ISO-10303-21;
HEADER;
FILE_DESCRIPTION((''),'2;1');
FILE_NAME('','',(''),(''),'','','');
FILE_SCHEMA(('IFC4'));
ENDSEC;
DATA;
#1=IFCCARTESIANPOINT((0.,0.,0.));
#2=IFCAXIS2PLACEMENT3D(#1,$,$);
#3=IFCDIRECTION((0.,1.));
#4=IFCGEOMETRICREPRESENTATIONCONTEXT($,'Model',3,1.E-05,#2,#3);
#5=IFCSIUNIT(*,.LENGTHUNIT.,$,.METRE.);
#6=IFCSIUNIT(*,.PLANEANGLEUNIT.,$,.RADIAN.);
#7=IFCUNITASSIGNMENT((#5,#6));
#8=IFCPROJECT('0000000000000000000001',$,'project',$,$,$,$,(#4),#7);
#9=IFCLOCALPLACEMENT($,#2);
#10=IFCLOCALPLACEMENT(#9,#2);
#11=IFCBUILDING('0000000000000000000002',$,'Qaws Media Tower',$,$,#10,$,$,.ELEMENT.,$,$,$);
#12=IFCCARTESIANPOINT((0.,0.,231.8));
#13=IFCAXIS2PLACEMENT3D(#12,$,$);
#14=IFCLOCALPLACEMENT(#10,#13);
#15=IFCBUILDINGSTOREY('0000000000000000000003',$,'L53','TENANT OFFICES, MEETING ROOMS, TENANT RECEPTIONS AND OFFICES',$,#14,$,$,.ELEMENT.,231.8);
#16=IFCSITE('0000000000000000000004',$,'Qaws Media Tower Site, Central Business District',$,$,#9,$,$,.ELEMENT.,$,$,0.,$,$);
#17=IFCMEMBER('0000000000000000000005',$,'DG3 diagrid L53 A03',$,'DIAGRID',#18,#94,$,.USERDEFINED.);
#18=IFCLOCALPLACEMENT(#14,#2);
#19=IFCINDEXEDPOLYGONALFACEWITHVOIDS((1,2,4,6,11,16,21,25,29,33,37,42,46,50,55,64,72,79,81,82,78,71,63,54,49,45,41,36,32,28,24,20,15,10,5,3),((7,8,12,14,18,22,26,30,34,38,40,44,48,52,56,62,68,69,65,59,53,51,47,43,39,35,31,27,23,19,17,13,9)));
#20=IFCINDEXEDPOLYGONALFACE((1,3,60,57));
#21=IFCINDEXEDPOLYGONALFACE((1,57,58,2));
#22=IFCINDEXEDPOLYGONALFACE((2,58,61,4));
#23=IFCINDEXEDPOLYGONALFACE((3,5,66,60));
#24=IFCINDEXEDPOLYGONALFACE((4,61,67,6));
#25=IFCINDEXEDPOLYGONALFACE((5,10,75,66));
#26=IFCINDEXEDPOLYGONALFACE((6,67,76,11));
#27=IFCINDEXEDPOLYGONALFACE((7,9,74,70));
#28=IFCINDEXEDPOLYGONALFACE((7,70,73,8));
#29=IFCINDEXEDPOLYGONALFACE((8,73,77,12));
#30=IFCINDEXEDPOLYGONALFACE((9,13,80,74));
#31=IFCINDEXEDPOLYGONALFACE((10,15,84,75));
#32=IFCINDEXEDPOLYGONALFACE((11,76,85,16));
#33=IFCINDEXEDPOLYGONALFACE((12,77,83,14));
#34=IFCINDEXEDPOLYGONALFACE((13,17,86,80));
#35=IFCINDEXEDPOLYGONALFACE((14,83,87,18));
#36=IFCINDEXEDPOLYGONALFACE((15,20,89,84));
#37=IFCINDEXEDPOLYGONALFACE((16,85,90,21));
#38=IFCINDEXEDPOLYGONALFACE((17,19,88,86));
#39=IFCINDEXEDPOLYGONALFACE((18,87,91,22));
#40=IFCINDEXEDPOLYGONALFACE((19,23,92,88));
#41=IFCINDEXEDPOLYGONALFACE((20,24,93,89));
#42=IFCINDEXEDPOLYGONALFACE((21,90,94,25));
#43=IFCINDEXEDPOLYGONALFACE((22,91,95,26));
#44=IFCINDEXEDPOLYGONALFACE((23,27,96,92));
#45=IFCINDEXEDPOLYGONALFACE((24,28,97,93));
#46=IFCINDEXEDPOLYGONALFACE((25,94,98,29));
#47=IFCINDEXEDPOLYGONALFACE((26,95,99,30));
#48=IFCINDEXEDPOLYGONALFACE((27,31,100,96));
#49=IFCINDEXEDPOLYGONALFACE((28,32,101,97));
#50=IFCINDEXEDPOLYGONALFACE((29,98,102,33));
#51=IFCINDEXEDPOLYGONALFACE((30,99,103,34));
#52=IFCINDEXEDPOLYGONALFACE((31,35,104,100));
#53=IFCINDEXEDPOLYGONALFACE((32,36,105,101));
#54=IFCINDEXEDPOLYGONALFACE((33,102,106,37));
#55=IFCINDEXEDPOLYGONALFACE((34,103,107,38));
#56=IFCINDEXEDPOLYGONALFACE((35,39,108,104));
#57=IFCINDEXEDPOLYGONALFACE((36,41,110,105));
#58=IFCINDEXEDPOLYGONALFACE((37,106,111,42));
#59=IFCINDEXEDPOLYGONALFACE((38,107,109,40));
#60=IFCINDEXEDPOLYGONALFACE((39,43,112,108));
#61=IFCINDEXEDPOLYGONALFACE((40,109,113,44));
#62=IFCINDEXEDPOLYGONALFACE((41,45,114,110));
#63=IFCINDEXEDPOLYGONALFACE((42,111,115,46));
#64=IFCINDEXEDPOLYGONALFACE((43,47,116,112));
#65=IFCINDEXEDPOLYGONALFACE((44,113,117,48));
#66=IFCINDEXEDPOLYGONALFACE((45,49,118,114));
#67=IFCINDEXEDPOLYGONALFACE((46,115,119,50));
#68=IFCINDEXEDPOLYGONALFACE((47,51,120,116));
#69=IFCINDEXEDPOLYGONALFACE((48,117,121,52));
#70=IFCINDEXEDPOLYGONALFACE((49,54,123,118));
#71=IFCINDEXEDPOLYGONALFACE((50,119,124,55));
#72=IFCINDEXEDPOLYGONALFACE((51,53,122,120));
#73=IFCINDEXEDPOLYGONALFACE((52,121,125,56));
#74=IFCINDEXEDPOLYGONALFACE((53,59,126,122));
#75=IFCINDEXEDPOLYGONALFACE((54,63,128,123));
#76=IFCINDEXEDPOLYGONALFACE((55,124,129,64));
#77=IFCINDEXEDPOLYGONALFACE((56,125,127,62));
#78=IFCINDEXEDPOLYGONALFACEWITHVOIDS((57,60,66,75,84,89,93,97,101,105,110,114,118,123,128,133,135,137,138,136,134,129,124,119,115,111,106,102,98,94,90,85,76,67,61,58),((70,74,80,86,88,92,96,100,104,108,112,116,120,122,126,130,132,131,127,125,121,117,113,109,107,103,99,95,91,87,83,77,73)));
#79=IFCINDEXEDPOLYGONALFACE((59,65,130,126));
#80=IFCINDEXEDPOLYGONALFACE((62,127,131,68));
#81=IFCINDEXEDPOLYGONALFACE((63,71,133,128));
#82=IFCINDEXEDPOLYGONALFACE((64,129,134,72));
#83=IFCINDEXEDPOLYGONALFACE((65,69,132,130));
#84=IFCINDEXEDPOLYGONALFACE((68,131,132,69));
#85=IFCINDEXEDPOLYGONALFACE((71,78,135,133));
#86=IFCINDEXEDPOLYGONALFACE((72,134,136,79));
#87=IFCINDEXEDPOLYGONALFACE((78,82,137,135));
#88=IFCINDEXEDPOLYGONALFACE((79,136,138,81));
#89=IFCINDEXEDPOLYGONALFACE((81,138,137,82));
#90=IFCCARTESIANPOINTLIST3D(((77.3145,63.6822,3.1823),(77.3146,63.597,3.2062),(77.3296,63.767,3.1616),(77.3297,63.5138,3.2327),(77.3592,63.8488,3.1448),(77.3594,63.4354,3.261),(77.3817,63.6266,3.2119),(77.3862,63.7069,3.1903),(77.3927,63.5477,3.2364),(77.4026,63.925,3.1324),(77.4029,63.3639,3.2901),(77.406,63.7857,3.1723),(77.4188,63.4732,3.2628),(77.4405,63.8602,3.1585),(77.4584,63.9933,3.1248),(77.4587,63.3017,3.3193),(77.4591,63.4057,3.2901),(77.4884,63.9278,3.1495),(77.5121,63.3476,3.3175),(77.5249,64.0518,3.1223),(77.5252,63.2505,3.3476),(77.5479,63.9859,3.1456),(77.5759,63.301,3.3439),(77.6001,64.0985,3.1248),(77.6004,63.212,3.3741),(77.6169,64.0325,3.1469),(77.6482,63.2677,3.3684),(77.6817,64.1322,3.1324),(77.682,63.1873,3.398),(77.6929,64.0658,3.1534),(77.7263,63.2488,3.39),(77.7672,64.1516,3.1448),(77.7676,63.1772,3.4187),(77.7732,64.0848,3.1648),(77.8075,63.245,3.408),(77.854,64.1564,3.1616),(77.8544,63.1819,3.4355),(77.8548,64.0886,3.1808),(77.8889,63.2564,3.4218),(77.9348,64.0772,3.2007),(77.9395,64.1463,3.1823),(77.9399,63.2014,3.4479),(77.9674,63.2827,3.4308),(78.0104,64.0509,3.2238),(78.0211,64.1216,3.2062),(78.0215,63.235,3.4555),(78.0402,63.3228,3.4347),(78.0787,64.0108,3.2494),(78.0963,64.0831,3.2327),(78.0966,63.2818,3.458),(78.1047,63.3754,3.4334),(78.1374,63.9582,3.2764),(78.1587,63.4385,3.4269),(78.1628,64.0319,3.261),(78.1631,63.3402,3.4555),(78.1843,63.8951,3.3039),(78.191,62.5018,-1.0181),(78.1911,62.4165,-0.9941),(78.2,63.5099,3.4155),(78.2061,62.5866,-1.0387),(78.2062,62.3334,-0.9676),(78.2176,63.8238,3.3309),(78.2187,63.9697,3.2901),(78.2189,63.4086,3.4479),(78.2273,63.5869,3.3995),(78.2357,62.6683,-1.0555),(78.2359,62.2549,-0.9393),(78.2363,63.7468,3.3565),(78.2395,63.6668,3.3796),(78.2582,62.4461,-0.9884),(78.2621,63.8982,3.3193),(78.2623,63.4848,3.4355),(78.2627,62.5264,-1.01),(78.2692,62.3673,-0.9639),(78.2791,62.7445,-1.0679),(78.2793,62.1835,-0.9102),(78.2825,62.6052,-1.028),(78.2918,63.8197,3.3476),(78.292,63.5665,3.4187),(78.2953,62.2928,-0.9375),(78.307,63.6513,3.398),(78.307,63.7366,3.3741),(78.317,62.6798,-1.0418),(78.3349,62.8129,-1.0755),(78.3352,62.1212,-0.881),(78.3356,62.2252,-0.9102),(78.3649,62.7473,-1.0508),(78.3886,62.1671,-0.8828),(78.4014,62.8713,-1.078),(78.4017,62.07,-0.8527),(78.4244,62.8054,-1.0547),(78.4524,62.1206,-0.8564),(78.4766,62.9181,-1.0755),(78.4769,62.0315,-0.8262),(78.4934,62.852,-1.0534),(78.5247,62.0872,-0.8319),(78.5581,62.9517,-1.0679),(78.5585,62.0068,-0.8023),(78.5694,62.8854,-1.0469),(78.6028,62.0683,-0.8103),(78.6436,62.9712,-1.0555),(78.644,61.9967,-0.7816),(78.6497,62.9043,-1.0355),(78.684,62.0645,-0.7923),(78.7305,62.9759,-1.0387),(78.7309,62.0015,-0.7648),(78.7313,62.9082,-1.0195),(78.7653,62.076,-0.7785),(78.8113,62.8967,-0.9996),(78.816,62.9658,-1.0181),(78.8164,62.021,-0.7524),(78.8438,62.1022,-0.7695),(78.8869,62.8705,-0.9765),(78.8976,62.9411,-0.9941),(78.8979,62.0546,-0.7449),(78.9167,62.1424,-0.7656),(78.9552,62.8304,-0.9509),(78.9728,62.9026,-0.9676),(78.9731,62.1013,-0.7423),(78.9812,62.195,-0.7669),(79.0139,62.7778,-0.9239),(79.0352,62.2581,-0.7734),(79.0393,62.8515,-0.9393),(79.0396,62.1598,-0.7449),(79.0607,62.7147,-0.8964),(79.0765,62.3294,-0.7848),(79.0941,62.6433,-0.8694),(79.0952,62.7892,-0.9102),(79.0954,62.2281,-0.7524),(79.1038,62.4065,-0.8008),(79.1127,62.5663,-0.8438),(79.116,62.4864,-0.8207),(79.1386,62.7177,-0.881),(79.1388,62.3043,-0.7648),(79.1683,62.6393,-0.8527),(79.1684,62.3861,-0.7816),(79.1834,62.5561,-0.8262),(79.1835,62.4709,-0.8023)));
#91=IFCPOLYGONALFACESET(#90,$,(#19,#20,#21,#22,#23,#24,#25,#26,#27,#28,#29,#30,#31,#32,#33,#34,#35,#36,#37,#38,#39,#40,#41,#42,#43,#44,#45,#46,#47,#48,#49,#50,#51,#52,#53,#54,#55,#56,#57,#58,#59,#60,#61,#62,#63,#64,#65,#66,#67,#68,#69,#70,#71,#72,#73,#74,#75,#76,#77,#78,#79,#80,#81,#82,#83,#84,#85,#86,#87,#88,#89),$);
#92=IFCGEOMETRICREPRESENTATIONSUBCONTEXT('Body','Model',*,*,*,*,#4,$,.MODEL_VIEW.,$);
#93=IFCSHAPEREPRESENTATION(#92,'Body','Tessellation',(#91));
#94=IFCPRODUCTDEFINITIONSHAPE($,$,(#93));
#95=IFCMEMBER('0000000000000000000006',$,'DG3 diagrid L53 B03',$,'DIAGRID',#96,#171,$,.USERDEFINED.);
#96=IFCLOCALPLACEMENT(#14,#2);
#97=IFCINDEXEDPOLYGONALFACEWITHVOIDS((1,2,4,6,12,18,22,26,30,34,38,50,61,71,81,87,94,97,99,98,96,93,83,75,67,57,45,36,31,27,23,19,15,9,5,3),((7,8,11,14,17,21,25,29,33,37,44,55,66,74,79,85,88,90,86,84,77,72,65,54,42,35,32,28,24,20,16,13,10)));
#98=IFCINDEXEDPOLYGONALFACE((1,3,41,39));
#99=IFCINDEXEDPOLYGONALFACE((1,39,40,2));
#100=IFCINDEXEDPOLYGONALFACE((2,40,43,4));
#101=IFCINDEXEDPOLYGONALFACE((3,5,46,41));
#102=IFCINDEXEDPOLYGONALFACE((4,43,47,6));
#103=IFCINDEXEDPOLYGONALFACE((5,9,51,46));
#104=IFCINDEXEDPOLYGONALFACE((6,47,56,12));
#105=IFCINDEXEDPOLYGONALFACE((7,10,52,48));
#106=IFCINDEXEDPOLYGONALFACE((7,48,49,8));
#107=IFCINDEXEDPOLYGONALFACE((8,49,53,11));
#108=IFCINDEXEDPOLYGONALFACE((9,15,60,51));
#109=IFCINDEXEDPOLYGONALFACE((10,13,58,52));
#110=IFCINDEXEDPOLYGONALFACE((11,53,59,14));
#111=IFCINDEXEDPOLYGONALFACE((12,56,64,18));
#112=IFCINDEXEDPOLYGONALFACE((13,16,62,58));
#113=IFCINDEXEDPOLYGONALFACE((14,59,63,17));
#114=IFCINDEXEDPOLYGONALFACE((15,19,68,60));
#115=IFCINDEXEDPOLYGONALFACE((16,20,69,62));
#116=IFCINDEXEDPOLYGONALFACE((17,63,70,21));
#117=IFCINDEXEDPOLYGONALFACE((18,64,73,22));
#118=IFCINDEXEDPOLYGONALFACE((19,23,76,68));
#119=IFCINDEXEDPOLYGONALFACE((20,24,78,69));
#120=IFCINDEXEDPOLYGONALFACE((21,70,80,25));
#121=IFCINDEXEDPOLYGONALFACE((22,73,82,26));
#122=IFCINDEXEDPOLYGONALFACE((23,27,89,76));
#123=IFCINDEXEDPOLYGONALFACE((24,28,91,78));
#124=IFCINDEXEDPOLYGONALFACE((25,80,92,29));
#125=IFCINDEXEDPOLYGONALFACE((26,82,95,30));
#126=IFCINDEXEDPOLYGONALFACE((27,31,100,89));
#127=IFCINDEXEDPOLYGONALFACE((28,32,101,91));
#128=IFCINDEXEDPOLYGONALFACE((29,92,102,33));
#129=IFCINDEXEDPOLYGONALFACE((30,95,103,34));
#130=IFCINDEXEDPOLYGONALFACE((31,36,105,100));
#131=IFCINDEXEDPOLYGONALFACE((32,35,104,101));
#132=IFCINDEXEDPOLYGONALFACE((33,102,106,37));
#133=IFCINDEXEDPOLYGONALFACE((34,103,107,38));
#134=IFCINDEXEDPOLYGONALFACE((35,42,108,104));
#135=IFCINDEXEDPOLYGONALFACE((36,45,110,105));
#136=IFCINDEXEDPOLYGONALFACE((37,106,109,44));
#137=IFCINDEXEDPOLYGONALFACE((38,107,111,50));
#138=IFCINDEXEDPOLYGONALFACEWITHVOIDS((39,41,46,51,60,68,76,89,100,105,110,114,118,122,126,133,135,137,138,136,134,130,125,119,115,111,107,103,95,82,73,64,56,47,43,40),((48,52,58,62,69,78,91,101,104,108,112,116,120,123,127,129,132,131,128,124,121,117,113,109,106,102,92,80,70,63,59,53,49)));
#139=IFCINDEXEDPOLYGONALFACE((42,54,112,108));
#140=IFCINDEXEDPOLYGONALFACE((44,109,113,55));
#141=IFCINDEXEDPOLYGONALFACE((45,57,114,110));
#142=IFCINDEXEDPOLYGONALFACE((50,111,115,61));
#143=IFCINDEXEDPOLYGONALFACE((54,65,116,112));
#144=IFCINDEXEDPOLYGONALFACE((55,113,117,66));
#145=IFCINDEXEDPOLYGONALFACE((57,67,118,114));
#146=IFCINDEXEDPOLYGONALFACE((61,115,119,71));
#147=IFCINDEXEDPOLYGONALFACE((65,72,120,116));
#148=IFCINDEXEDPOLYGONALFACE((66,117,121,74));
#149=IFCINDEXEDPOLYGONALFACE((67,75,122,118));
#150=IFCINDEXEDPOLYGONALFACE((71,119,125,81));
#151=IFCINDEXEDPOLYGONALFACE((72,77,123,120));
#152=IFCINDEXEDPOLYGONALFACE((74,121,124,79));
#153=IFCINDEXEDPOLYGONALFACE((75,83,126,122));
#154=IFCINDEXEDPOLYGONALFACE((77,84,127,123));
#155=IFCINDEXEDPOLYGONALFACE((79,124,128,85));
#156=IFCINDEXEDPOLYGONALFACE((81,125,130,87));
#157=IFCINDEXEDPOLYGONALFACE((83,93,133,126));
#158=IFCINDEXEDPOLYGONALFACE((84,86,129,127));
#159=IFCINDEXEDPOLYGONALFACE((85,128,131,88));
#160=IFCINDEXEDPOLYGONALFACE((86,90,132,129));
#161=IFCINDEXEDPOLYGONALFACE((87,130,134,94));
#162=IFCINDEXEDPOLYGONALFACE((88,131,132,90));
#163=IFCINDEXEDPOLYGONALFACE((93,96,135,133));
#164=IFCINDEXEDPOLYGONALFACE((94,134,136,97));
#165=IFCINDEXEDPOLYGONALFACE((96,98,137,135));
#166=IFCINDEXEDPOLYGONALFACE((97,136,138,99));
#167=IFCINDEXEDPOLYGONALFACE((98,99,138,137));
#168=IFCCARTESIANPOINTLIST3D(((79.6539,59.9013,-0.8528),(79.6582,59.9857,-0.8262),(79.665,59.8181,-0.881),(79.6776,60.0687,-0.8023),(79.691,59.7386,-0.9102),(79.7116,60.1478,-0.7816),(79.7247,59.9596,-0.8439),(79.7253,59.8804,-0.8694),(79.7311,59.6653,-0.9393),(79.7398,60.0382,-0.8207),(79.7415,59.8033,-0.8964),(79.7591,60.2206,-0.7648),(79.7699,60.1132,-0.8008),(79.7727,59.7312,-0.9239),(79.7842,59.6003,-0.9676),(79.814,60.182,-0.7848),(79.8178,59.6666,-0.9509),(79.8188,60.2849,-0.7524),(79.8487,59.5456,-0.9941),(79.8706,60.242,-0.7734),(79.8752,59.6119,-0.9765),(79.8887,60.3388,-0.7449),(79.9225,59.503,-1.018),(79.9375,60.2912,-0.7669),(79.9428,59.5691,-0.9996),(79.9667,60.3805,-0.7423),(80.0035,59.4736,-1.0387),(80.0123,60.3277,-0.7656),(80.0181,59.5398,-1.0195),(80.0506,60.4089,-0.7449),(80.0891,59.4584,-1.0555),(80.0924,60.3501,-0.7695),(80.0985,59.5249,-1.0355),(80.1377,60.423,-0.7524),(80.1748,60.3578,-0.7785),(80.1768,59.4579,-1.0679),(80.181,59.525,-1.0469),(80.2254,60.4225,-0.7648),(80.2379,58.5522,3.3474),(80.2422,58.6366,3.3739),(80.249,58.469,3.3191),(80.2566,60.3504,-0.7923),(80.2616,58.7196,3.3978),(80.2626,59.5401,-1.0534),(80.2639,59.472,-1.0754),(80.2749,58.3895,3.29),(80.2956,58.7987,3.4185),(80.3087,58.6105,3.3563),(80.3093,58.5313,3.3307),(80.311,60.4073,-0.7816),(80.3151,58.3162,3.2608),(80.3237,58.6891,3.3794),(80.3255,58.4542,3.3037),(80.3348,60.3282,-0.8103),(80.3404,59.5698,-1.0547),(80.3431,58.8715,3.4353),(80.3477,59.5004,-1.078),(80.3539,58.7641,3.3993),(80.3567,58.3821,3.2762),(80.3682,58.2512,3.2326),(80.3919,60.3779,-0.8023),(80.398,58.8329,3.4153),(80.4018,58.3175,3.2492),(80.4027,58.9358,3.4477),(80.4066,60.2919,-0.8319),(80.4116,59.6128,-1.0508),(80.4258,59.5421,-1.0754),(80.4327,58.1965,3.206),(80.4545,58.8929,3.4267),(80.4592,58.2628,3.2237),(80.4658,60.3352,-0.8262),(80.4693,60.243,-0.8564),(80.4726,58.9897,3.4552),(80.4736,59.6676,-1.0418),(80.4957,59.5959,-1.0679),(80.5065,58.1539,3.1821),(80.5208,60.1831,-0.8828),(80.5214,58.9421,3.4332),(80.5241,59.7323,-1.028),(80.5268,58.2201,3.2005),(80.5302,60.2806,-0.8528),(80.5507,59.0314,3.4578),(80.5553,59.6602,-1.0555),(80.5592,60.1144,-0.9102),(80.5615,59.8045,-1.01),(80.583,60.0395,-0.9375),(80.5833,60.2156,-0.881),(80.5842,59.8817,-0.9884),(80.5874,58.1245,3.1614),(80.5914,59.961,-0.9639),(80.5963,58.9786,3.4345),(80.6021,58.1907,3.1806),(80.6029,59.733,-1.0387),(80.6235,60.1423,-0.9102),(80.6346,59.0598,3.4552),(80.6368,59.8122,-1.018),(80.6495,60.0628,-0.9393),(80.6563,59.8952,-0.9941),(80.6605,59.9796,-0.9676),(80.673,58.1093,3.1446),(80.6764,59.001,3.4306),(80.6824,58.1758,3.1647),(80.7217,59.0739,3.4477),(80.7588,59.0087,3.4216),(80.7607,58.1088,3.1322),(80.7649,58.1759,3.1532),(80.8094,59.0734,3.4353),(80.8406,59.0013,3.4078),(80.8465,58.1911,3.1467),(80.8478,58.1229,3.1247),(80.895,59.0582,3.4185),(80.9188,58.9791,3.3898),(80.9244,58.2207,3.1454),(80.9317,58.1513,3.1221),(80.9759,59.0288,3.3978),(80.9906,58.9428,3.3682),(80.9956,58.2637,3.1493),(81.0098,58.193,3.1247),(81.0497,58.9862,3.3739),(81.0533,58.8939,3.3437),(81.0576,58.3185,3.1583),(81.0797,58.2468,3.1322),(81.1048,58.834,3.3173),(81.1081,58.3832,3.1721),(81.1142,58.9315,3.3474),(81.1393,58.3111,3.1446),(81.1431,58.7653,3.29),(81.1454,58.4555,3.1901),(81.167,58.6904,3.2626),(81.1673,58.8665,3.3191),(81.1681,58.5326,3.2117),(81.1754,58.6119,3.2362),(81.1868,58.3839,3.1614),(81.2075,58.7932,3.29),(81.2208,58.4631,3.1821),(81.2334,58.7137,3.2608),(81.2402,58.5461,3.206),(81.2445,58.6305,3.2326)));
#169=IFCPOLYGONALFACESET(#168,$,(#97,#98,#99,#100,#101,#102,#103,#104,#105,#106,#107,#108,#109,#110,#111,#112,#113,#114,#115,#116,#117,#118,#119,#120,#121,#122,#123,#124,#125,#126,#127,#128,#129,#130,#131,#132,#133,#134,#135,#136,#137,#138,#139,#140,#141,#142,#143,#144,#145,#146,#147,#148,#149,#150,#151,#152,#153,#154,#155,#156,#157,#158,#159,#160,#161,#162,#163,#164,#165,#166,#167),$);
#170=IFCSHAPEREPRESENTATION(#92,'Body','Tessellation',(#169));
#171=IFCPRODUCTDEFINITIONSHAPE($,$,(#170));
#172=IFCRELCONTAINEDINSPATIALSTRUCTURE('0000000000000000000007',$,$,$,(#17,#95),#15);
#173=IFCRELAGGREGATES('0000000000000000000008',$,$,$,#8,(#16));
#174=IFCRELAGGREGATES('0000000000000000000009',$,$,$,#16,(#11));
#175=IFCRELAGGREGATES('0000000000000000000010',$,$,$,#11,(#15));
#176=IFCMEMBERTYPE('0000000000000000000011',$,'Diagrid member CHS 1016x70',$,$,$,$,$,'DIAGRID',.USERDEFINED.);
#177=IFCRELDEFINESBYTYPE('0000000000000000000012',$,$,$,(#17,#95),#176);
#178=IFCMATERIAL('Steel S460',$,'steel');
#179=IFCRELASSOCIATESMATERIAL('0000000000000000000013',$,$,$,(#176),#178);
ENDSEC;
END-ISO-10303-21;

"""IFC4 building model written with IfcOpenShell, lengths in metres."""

from ifc_helpers import new_model, si_unit, direction, frame, origin, origin_2d, place, context, subcontext, project, spatial, hollow_circle, extrude, material, material_profile, profile_set, type_object, element, save


model = new_model("IFC4")

# Units and contexts
model_context = context("Model", 3, precision=1e-05, world=origin(), true_north=direction((0.0, 1.0)))
body_context = subcontext(model_context, "Body", "Model", "MODEL_VIEW")
ifc_project = project(units=[si_unit("LENGTHUNIT", "METRE"), si_unit("PLANEANGLEUNIT", "RADIAN")], contexts=[model_context])

# Site, building, storey
site_placement = place(None, origin())
site = spatial("IfcSite", under=ifc_project, at=site_placement, Name="Qaws Media Tower Site, Central Business District", CompositionType="ELEMENT", RefElevation=0.0)
building_placement = place(site_placement, origin())
building = spatial("IfcBuilding", under=site, at=building_placement, Name="Qaws Media Tower", CompositionType="ELEMENT")
storey_placement = place(building_placement, frame((0.0, 0.0, 231.8)))
storey = spatial("IfcBuildingStorey", under=building, at=storey_placement, Name="L53", Description="TENANT OFFICES, MEETING ROOMS, TENANT RECEPTIONS AND OFFICES", CompositionType="ELEMENT", Elevation=231.8)

# Members
ifc_material_1 = material(Name="Steel S460", Category="steel")
ifc_material_profile_1 = material_profile(ifc_material_1, hollow_circle(Radius=0.5081, WallThickness=0.0701, at=origin_2d()), Name="CHS 1016x70")
ifc_profile_set_1 = profile_set([ifc_material_profile_1], Name="Steel S460")
member_type_1 = type_object("IfcMemberType", Name="Diagrid member CHS 1016x70", ElementType="DIAGRID", PredefinedType="USERDEFINED", material=ifc_profile_set_1)
member_1_placement = place(storey_placement, frame((78.6873, 62.4863, -0.9102), z_axis=(-0.196955, 0.265258, 0.943847), x_axis=(-0.80288, -0.596141, 0.0)))
element("IfcMember", 1, at=member_1_placement, inside=storey, type_object=member_type_1, Name="DG3 diagrid L53 A03", ObjectType="DIAGRID", PredefinedType="USERDEFINED", context=body_context, shape_type="SweptSolid", body=[
    extrude(hollow_circle(Radius=0.5081, WallThickness=0.0701, at=origin_2d()), origin(), (0.0, 0.0, 1.0), 4.4502),
])
for number, where, z_axis, x_axis, name in (
    (2, (80.1572, 59.9404, -0.9102), (0.131231, -0.303171, 0.943857), (0.917713, 0.397244, 0.0), "DG3 diagrid L53 B03"),
):
    element("IfcMember", number, at=place(storey_placement, frame(where, z_axis=z_axis, x_axis=x_axis)), inside=storey, type_object=member_type_1, Name=name, ObjectType="DIAGRID", PredefinedType="USERDEFINED", context=body_context, shape_type="SweptSolid", body=[
        extrude(hollow_circle(Radius=0.5081, WallThickness=0.0701, at=origin_2d()), origin(), (0.0, 0.0, 1.0), 4.45),
    ])

save(model, "model.ifc")
